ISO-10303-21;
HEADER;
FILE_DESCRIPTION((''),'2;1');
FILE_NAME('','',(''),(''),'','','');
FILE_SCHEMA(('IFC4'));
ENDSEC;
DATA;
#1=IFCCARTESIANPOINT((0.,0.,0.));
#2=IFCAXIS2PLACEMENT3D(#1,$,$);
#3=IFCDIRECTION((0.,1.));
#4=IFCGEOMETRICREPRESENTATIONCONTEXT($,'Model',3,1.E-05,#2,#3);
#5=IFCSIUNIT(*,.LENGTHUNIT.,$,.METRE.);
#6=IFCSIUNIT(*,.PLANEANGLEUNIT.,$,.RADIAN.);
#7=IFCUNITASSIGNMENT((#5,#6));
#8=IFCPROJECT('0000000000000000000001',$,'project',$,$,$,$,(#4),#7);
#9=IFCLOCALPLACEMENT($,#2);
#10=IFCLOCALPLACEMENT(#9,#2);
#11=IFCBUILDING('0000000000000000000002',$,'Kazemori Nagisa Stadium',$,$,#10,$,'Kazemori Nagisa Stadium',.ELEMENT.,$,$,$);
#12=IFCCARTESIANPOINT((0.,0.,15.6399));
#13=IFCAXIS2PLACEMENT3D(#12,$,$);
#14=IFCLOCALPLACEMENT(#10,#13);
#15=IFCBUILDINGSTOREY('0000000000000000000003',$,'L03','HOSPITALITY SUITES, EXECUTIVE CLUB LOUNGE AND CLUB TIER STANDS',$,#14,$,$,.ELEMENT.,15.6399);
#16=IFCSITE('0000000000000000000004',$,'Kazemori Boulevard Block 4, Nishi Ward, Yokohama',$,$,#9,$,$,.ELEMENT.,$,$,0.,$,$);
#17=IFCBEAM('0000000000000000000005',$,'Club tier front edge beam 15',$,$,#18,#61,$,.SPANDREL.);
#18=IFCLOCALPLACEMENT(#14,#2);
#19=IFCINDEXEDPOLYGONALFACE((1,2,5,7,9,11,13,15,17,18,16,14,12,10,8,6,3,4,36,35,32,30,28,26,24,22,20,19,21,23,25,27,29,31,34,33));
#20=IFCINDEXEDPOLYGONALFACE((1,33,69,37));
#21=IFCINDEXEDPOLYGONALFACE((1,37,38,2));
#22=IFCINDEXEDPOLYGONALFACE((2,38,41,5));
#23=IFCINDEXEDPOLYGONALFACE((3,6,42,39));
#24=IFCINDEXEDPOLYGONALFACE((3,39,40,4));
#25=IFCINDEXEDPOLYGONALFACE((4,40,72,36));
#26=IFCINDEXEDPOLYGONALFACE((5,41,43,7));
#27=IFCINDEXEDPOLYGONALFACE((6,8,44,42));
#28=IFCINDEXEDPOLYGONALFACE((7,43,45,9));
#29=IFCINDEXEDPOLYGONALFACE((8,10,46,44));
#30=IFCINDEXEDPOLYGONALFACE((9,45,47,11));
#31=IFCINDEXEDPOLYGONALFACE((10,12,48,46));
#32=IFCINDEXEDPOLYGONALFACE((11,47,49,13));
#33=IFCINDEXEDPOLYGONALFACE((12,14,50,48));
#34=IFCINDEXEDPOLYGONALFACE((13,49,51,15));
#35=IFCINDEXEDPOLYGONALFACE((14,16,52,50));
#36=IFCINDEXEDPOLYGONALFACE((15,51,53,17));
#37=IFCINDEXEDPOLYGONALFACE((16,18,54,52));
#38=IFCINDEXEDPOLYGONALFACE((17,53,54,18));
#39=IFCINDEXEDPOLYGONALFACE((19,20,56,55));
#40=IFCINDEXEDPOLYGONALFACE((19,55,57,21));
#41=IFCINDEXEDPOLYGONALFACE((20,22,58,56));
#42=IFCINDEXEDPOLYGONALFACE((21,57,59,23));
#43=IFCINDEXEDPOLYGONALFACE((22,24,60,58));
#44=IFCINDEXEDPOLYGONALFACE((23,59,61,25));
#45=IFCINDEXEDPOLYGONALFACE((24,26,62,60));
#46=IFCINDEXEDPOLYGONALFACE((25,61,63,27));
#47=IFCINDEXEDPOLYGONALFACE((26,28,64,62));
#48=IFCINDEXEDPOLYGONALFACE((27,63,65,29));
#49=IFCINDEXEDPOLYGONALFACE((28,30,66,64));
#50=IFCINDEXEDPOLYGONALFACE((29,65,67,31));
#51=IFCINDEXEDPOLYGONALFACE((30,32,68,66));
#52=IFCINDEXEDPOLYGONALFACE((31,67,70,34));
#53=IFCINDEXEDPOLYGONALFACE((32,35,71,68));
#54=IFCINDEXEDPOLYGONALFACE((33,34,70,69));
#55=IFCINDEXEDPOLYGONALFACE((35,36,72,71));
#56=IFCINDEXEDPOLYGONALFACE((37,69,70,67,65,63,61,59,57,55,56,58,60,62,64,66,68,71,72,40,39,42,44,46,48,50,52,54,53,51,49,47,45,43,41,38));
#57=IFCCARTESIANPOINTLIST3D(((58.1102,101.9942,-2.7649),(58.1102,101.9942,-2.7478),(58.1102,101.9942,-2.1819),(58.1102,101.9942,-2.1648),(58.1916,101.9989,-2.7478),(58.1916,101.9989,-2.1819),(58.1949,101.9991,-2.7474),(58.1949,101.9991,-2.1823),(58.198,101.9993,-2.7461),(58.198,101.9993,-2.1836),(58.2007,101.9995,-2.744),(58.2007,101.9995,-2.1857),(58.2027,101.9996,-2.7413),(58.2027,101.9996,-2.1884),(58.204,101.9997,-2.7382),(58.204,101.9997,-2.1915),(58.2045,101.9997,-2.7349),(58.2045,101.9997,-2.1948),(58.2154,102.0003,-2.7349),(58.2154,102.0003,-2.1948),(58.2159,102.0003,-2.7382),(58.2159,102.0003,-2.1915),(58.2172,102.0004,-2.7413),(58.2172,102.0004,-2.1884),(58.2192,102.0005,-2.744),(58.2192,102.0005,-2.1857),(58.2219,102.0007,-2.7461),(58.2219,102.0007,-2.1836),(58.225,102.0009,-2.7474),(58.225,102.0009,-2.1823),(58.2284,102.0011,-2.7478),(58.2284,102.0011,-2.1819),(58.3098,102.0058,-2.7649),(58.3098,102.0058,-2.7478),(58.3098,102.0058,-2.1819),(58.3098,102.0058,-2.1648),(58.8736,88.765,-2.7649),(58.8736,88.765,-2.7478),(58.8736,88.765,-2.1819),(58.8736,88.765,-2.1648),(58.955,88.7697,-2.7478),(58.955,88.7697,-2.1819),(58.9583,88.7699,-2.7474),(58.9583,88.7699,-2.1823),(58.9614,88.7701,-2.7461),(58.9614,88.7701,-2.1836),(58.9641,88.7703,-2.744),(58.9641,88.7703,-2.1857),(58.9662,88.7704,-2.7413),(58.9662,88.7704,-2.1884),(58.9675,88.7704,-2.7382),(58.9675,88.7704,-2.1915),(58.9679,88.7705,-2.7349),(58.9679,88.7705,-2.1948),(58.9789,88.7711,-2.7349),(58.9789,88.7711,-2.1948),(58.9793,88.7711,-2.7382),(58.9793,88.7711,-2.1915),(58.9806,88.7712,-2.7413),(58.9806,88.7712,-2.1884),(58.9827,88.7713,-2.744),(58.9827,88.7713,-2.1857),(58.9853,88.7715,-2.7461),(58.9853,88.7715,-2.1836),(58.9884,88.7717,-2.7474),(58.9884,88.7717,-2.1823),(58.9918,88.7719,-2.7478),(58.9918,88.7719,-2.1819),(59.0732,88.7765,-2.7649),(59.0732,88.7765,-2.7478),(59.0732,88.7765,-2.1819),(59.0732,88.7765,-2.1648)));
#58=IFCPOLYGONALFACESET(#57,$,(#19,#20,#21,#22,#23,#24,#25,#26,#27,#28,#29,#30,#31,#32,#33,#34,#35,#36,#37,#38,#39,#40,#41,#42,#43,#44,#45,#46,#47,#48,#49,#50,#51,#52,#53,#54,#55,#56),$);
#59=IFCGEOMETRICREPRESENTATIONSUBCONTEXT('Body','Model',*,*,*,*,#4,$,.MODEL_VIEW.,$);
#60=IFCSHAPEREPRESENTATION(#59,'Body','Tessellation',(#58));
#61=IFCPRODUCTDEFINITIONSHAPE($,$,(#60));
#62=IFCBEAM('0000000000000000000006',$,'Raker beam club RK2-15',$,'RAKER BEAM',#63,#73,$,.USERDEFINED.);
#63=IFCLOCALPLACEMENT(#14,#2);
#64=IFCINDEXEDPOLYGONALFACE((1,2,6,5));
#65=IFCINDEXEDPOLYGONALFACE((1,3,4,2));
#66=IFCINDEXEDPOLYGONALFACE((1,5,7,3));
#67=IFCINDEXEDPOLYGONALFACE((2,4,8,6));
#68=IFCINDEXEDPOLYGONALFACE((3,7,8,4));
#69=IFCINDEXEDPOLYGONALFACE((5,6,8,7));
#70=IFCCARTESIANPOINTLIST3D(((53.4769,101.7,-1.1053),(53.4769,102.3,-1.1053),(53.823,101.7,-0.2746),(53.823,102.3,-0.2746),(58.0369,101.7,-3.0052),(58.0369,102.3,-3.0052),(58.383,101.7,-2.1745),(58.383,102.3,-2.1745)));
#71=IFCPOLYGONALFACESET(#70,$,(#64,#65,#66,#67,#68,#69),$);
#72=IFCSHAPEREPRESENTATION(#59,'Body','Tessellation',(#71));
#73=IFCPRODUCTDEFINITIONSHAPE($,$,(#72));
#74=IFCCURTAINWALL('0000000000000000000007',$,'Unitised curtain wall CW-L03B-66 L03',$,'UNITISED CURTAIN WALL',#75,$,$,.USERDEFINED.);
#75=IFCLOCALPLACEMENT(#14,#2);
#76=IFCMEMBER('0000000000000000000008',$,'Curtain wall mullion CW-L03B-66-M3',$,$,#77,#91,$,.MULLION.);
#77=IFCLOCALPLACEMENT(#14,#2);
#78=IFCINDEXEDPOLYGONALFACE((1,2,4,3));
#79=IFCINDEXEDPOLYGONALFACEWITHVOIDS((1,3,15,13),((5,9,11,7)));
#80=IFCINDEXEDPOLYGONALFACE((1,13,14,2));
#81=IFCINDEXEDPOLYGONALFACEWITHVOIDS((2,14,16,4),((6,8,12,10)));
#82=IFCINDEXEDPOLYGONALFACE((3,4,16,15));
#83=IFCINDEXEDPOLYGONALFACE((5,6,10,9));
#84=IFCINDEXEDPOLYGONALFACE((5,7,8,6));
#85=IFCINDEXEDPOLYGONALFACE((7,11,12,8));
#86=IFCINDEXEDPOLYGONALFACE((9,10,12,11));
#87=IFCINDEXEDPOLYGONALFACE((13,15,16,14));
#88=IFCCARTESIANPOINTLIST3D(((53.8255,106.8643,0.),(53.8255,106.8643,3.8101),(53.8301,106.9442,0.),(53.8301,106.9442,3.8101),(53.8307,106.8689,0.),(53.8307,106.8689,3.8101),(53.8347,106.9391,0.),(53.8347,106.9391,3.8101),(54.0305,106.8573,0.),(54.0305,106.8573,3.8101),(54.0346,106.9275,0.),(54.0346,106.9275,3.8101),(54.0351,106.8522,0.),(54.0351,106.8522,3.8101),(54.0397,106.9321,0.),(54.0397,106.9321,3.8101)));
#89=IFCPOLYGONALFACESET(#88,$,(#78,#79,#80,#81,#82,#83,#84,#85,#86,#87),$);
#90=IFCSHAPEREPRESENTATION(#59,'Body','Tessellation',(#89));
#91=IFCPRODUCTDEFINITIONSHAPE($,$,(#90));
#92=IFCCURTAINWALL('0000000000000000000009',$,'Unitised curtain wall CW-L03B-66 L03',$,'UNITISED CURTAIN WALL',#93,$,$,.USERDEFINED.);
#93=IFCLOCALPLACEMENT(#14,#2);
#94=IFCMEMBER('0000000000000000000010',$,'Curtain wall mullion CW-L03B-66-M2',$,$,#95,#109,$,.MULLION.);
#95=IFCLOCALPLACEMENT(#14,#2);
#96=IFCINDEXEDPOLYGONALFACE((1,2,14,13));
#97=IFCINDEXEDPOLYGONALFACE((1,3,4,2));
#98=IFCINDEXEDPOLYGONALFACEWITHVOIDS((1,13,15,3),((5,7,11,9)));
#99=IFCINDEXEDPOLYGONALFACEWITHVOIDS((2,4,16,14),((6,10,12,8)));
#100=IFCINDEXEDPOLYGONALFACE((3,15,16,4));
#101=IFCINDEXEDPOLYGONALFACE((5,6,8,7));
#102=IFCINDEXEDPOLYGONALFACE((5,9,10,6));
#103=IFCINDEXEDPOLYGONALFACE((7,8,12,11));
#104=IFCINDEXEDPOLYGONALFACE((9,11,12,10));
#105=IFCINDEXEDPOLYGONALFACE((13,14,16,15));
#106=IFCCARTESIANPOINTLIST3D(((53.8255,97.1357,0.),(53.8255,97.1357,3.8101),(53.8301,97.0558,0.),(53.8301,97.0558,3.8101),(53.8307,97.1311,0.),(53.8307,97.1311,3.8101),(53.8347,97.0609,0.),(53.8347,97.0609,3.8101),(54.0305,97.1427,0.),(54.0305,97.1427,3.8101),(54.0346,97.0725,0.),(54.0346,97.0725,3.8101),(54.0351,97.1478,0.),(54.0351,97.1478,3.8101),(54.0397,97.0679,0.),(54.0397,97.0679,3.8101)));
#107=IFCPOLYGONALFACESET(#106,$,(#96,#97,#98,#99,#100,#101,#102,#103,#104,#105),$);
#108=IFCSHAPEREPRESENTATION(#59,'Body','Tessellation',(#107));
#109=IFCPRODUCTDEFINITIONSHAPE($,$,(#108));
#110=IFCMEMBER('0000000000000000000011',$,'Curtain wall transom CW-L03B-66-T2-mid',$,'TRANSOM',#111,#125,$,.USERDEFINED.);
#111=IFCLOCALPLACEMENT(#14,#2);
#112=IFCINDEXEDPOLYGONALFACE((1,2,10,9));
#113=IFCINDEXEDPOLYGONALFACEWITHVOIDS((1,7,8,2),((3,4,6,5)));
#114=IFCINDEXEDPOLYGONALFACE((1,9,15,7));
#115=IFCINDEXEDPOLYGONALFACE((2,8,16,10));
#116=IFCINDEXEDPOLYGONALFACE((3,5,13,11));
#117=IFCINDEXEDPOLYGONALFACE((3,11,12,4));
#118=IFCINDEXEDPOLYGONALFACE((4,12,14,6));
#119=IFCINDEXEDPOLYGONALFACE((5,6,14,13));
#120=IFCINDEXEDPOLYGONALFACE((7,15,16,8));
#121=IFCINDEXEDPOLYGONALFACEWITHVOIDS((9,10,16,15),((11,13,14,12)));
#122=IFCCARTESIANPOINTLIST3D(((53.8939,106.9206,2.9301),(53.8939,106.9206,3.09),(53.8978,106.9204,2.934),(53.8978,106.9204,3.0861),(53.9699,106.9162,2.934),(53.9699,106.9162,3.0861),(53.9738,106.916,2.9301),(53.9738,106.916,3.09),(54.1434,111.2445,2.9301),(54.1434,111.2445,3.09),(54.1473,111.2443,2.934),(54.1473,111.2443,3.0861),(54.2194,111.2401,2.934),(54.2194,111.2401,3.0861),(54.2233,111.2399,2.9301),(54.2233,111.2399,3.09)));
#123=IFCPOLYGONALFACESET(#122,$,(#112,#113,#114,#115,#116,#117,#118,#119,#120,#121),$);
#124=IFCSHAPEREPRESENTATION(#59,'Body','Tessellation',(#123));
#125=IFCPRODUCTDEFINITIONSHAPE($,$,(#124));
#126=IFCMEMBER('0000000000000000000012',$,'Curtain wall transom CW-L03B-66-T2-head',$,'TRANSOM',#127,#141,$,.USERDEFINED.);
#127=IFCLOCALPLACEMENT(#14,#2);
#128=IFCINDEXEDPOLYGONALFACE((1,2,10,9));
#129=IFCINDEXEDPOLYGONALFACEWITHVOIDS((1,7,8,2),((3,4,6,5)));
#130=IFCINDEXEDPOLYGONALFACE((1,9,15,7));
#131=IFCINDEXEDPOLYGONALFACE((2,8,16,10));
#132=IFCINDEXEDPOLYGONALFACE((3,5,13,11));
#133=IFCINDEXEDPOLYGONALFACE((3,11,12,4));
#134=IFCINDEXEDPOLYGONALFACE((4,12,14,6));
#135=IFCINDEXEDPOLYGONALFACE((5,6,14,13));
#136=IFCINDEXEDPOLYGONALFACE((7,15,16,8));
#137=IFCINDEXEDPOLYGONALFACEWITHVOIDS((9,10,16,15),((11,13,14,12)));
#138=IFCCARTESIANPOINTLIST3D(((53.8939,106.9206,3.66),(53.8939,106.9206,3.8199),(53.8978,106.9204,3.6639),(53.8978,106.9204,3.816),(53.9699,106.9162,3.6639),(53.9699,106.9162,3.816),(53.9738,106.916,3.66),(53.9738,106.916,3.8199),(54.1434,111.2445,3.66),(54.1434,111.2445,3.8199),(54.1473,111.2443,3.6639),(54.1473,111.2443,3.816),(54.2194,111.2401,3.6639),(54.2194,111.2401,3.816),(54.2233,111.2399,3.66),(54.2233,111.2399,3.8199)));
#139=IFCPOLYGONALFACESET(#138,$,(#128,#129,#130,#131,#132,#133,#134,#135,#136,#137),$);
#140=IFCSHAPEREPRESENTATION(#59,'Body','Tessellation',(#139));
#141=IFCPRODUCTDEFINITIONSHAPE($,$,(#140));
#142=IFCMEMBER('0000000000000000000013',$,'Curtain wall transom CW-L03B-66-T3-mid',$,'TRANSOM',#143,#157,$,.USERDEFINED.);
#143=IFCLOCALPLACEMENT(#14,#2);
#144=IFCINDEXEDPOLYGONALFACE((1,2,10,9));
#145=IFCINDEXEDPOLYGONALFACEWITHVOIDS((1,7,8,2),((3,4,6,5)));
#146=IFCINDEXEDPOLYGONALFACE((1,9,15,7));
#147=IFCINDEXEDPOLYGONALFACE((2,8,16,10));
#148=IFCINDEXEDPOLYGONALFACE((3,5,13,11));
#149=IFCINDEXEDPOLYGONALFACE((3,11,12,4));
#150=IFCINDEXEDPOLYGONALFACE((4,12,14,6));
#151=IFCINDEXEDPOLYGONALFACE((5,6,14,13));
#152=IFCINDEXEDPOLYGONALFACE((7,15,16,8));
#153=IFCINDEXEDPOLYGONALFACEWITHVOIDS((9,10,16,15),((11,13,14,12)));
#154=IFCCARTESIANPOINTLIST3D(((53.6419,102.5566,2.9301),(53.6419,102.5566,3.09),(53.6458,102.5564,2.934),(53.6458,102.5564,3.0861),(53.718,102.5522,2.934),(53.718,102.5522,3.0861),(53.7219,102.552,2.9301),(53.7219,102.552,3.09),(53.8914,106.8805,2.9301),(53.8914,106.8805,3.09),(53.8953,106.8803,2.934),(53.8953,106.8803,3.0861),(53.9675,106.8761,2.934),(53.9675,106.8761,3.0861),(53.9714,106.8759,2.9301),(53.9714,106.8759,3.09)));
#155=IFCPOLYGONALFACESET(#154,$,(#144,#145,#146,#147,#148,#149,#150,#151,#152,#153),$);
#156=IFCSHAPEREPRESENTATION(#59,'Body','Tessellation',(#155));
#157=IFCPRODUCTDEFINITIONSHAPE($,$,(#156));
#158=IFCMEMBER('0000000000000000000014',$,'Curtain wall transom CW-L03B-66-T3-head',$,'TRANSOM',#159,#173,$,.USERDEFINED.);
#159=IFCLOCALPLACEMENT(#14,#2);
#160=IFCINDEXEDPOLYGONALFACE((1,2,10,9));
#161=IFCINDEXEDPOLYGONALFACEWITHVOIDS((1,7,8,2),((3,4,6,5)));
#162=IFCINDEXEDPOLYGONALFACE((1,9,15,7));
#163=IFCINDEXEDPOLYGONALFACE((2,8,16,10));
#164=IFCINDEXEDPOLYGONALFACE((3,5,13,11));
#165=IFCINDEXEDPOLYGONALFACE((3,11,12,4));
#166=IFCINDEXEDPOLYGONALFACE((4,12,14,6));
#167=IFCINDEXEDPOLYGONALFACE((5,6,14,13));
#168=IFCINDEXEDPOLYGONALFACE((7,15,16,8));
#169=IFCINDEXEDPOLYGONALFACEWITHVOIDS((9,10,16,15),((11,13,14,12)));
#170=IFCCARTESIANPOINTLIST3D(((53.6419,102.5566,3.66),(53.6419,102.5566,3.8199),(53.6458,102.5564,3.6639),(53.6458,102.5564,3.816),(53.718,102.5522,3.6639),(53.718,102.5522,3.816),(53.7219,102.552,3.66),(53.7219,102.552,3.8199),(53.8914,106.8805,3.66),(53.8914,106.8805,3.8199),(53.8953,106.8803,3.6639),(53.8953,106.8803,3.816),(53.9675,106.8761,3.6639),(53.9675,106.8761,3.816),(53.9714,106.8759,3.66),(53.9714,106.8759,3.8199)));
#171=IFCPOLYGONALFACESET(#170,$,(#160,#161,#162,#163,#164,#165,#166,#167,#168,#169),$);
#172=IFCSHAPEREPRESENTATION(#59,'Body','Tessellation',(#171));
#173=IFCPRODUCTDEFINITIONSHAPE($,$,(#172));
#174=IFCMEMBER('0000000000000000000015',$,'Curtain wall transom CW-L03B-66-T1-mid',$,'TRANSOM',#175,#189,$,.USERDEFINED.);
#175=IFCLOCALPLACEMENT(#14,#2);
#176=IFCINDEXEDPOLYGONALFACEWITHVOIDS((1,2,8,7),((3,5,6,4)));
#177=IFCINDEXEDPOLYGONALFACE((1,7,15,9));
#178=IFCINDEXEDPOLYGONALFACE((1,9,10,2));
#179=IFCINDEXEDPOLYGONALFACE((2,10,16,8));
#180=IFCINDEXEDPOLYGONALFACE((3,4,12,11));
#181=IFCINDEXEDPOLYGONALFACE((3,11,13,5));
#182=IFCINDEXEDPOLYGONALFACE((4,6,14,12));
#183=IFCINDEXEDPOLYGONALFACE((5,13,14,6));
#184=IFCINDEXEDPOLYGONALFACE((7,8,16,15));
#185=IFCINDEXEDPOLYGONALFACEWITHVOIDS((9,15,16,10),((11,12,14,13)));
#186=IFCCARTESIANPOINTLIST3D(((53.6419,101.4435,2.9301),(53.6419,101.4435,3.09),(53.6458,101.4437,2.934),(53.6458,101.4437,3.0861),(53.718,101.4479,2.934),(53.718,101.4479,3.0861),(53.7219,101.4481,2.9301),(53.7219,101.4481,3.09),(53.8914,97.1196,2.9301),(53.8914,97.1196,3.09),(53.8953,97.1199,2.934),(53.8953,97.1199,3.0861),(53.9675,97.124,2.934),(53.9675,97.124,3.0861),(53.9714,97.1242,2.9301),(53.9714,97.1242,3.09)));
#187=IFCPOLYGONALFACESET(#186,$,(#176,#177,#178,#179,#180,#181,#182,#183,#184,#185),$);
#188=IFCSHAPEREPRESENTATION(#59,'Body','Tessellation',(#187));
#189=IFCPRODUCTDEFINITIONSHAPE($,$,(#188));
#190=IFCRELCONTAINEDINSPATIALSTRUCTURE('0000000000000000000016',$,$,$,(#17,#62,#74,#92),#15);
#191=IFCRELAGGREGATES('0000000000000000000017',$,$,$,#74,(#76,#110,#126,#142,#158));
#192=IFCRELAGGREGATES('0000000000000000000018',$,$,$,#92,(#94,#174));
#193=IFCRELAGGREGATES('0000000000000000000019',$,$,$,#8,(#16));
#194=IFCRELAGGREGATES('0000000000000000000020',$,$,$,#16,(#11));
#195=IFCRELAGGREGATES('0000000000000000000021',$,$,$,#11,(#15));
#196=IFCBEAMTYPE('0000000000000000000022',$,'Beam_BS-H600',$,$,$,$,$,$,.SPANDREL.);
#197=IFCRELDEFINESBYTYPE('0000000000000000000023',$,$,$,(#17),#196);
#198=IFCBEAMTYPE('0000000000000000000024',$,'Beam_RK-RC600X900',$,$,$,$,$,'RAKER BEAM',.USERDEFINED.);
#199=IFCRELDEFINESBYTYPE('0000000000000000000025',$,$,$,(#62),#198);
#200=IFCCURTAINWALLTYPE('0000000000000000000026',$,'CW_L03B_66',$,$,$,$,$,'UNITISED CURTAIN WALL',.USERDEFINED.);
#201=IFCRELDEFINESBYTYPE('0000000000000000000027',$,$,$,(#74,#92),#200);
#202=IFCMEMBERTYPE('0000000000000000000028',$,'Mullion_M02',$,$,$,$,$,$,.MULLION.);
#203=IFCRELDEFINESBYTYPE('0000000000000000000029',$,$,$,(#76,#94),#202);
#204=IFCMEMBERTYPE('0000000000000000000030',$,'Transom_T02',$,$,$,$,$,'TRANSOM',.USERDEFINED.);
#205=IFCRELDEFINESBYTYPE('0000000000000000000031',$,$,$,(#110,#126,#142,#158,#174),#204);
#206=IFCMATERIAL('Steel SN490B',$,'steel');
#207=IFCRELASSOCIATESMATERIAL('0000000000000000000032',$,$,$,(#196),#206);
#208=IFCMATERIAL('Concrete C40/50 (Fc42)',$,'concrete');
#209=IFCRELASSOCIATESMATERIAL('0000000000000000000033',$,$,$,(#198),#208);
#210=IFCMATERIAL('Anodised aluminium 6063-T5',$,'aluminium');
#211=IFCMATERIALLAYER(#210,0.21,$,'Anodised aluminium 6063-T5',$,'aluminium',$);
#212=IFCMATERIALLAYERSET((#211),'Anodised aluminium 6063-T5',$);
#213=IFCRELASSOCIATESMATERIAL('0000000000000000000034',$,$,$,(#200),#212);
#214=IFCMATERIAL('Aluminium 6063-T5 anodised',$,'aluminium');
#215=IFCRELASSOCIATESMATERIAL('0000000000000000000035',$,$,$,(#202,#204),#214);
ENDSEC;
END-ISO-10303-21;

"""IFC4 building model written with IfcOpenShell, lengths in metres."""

from ifc_helpers import new_model, si_unit, direction, frame, origin, origin_2d, place, context, subcontext, project, spatial, rectangle, hollow_rectangle, i_section, extrude, material, layer, layer_set, material_profile, profile_set, type_object, element, aggregate, save


model = new_model("IFC4")

# Units and contexts
model_context = context("Model", 3, precision=1e-05, world=origin(), true_north=direction((0.0, 1.0)))
body_context = subcontext(model_context, "Body", "Model", "MODEL_VIEW")
ifc_project = project(units=[si_unit("LENGTHUNIT", "METRE"), si_unit("PLANEANGLEUNIT", "RADIAN")], contexts=[model_context])

# Site, building, storey
site_placement = place(None, origin())
site = spatial("IfcSite", under=ifc_project, at=site_placement, Name="Kazemori Boulevard Block 4, Nishi Ward, Yokohama", CompositionType="ELEMENT", RefElevation=0.0)
building_placement = place(site_placement, origin())
building = spatial("IfcBuilding", under=site, at=building_placement, Name="Kazemori Nagisa Stadium", LongName="Kazemori Nagisa Stadium", CompositionType="ELEMENT")
storey_placement = place(building_placement, frame((0.0, 0.0, 15.6399)))
storey = spatial("IfcBuildingStorey", under=building, at=storey_placement, Name="L03", Description="HOSPITALITY SUITES, EXECUTIVE CLUB LOUNGE AND CLUB TIER STANDS", CompositionType="ELEMENT", Elevation=15.6399)

# Beams
ifc_material_1 = material(Name="Steel SN490B", Category="steel")
ifc_material_profile_1 = material_profile(ifc_material_1, i_section(OverallWidth=0.2, OverallDepth=0.6001, WebThickness=0.011, FlangeThickness=0.0171, FilletRadius=0.0129, at=origin_2d()), Name="H-600x200x11x17")
ifc_profile_set_1 = profile_set([ifc_material_profile_1], Name="Steel SN490B")
beam_type_1 = type_object("IfcBeamType", Name="Beam_BS-H600", PredefinedType="SPANDREL", material=ifc_profile_set_1)
beam_1_placement = place(storey_placement, frame((58.21, 102.0, -2.4648), z_axis=(0.057612, -0.998339, 0.0), x_axis=(0.998339, 0.057612, 0.0)))
element("IfcBeam", 1, at=beam_1_placement, inside=storey, type_object=beam_type_1, Name="Club tier front edge beam 15", PredefinedType="SPANDREL", context=body_context, shape_type="SweptSolid", body=[
    extrude(i_section(OverallWidth=0.2, OverallDepth=0.6001, WebThickness=0.011, FlangeThickness=0.0171, FilletRadius=0.0129, at=origin_2d()), origin(), (0.0, 0.0, 1.0), 13.2512),
])
ifc_material_2 = material(Name="Concrete C40/50 (Fc42)", Category="concrete")
ifc_material_profile_2 = material_profile(ifc_material_2, rectangle(XDim=0.6001, YDim=0.8999, at=origin_2d()), Name="RC-RK-600x900")
ifc_profile_set_2 = profile_set([ifc_material_profile_2], Name="Concrete C40/50 (Fc42)")
beam_type_2 = type_object("IfcBeamType", Name="Beam_RK-RC600X900", ElementType="RAKER BEAM", PredefinedType="USERDEFINED", material=ifc_profile_set_2)
beam_2_placement = place(storey_placement, frame((58.21, 102.0, -2.5898), z_axis=(-0.923086, 0.0, 0.384594), x_axis=(0.0, -1.0, 0.0)))
element("IfcBeam", 2, at=beam_2_placement, inside=storey, type_object=beam_type_2, Name="Raker beam club RK2-15", ObjectType="RAKER BEAM", PredefinedType="USERDEFINED", context=body_context, shape_type="SweptSolid", body=[
    extrude(rectangle(XDim=0.6001, YDim=0.8999, at=origin_2d()), origin(), (0.0, 0.0, 1.0), 4.9399),
])

# Curtain walls, members
ifc_material_3 = material(Name="Anodised aluminium 6063-T5", Category="aluminium")
ifc_layer_1 = layer(ifc_material_3, 0.21, Name="Anodised aluminium 6063-T5", Category="aluminium")
ifc_layer_set_1 = layer_set([ifc_layer_1], Name="Anodised aluminium 6063-T5")
curtain_wall_type = type_object("IfcCurtainWallType", Name="CW_L03B_66", ElementType="UNITISED CURTAIN WALL", PredefinedType="USERDEFINED", material=ifc_layer_set_1)
curtain_wall_1_placement = place(storey_placement, origin())
curtain_wall_1 = element("IfcCurtainWall", 3, at=curtain_wall_1_placement, inside=storey, type_object=curtain_wall_type, Name="Unitised curtain wall CW-L03B-66 L03", ObjectType="UNITISED CURTAIN WALL", PredefinedType="USERDEFINED")
ifc_material_4 = material(Name="Aluminium 6063-T5 anodised", Category="aluminium")
ifc_material_profile_3 = material_profile(ifc_material_4, hollow_rectangle(XDim=0.0801, YDim=0.21, WallThickness=0.0049, at=origin_2d()), Name="ALU-MULL-80x210x5")
ifc_profile_set_3 = profile_set([ifc_material_profile_3], Name="Aluminium 6063-T5 anodised")
member_type_1 = type_object("IfcMemberType", Name="Mullion_M02", PredefinedType="MULLION", material=ifc_profile_set_3)
member_1_placement = place(storey_placement, frame((53.9326, 106.8982, 0.0), z_axis=(0.0, 0.0, 1.0), x_axis=(-0.057602, -0.99834, 0.0)))
member_1 = element("IfcMember", 4, at=member_1_placement, type_object=member_type_1, Name="Curtain wall mullion CW-L03B-66-M3", PredefinedType="MULLION", context=body_context, shape_type="SweptSolid", body=[
    extrude(hollow_rectangle(XDim=0.0801, YDim=0.21, WallThickness=0.0049, at=origin_2d()), origin(), (0.0, 0.0, 1.0), 3.8101),
])
curtain_wall_2_placement = place(storey_placement, origin())
curtain_wall_2 = element("IfcCurtainWall", 5, at=curtain_wall_2_placement, inside=storey, type_object=curtain_wall_type, Name="Unitised curtain wall CW-L03B-66 L03", ObjectType="UNITISED CURTAIN WALL", PredefinedType="USERDEFINED")
member_2_placement = place(storey_placement, frame((53.9326, 97.1018, 0.0), z_axis=(0.0, 0.0, 1.0), x_axis=(0.057602, -0.99834, 0.0)))
member_2 = element("IfcMember", 6, at=member_2_placement, type_object=member_type_1, Name="Curtain wall mullion CW-L03B-66-M2", PredefinedType="MULLION", context=body_context, shape_type="SweptSolid", body=[
    extrude(hollow_rectangle(XDim=0.0801, YDim=0.21, WallThickness=0.0049, at=origin_2d()), origin(), (0.0, 0.0, 1.0), 3.8101),
])

# Members
ifc_material_profile_4 = material_profile(ifc_material_4, hollow_rectangle(XDim=0.0801, YDim=0.1599, WallThickness=0.0039, at=origin_2d()), Name="ALU-TRAN-80x160x4")
ifc_profile_set_4 = profile_set([ifc_material_profile_4], Name="Aluminium 6063-T5 anodised")
member_type_2 = type_object("IfcMemberType", Name="Transom_T02", ElementType="TRANSOM", PredefinedType="USERDEFINED", material=ifc_profile_set_4)
member_3_placement = place(storey_placement, frame((54.1833, 111.2422, 3.01), z_axis=(-0.057608, -0.998339, 0.0), x_axis=(0.998339, -0.057608, 0.0)))
member_3 = element("IfcMember", 7, at=member_3_placement, type_object=member_type_2, Name="Curtain wall transom CW-L03B-66-T2-mid", ObjectType="TRANSOM", PredefinedType="USERDEFINED", context=body_context, shape_type="SweptSolid", body=[
    extrude(hollow_rectangle(XDim=0.0801, YDim=0.1599, WallThickness=0.0039, at=origin_2d()), origin(), (0.0, 0.0, 1.0), 4.3311),
])
member_4_placement = place(storey_placement, frame((54.1833, 111.2422, 3.74), z_axis=(-0.057608, -0.998339, 0.0), x_axis=(0.998339, -0.057608, 0.0)))
member_4 = element("IfcMember", 8, at=member_4_placement, type_object=member_type_2, Name="Curtain wall transom CW-L03B-66-T2-head", ObjectType="TRANSOM", PredefinedType="USERDEFINED", context=body_context, shape_type="SweptSolid", body=[
    extrude(hollow_rectangle(XDim=0.0801, YDim=0.1599, WallThickness=0.0039, at=origin_2d()), origin(), (0.0, 0.0, 1.0), 4.3311),
])
member_5_placement = place(storey_placement, frame((53.9314, 106.8782, 3.01), z_axis=(-0.057608, -0.998339, 0.0), x_axis=(0.998339, -0.057608, 0.0)))
member_5 = element("IfcMember", 9, at=member_5_placement, type_object=member_type_2, Name="Curtain wall transom CW-L03B-66-T3-mid", ObjectType="TRANSOM", PredefinedType="USERDEFINED", context=body_context, shape_type="SweptSolid", body=[
    extrude(hollow_rectangle(XDim=0.0801, YDim=0.1599, WallThickness=0.0039, at=origin_2d()), origin(), (0.0, 0.0, 1.0), 4.3311),
])
member_6_placement = place(storey_placement, frame((53.9314, 106.8782, 3.74), z_axis=(-0.057608, -0.998339, 0.0), x_axis=(0.998339, -0.057608, 0.0)))
member_6 = element("IfcMember", 10, at=member_6_placement, type_object=member_type_2, Name="Curtain wall transom CW-L03B-66-T3-head", ObjectType="TRANSOM", PredefinedType="USERDEFINED", context=body_context, shape_type="SweptSolid", body=[
    extrude(hollow_rectangle(XDim=0.0801, YDim=0.1599, WallThickness=0.0039, at=origin_2d()), origin(), (0.0, 0.0, 1.0), 4.3311),
])
member_7_placement = place(storey_placement, frame((53.6819, 101.4458, 3.01), z_axis=(0.057608, -0.998339, 0.0), x_axis=(0.998339, 0.057608, 0.0)))
member_7 = element("IfcMember", 11, at=member_7_placement, type_object=member_type_2, Name="Curtain wall transom CW-L03B-66-T1-mid", ObjectType="TRANSOM", PredefinedType="USERDEFINED", context=body_context, shape_type="SweptSolid", body=[
    extrude(hollow_rectangle(XDim=0.0801, YDim=0.1599, WallThickness=0.0039, at=origin_2d()), origin(), (0.0, 0.0, 1.0), 4.3311),
])

aggregate(curtain_wall_1, [member_1, member_3, member_4, member_5, member_6])
aggregate(curtain_wall_2, [member_2, member_7])

save(model, "model.ifc")
